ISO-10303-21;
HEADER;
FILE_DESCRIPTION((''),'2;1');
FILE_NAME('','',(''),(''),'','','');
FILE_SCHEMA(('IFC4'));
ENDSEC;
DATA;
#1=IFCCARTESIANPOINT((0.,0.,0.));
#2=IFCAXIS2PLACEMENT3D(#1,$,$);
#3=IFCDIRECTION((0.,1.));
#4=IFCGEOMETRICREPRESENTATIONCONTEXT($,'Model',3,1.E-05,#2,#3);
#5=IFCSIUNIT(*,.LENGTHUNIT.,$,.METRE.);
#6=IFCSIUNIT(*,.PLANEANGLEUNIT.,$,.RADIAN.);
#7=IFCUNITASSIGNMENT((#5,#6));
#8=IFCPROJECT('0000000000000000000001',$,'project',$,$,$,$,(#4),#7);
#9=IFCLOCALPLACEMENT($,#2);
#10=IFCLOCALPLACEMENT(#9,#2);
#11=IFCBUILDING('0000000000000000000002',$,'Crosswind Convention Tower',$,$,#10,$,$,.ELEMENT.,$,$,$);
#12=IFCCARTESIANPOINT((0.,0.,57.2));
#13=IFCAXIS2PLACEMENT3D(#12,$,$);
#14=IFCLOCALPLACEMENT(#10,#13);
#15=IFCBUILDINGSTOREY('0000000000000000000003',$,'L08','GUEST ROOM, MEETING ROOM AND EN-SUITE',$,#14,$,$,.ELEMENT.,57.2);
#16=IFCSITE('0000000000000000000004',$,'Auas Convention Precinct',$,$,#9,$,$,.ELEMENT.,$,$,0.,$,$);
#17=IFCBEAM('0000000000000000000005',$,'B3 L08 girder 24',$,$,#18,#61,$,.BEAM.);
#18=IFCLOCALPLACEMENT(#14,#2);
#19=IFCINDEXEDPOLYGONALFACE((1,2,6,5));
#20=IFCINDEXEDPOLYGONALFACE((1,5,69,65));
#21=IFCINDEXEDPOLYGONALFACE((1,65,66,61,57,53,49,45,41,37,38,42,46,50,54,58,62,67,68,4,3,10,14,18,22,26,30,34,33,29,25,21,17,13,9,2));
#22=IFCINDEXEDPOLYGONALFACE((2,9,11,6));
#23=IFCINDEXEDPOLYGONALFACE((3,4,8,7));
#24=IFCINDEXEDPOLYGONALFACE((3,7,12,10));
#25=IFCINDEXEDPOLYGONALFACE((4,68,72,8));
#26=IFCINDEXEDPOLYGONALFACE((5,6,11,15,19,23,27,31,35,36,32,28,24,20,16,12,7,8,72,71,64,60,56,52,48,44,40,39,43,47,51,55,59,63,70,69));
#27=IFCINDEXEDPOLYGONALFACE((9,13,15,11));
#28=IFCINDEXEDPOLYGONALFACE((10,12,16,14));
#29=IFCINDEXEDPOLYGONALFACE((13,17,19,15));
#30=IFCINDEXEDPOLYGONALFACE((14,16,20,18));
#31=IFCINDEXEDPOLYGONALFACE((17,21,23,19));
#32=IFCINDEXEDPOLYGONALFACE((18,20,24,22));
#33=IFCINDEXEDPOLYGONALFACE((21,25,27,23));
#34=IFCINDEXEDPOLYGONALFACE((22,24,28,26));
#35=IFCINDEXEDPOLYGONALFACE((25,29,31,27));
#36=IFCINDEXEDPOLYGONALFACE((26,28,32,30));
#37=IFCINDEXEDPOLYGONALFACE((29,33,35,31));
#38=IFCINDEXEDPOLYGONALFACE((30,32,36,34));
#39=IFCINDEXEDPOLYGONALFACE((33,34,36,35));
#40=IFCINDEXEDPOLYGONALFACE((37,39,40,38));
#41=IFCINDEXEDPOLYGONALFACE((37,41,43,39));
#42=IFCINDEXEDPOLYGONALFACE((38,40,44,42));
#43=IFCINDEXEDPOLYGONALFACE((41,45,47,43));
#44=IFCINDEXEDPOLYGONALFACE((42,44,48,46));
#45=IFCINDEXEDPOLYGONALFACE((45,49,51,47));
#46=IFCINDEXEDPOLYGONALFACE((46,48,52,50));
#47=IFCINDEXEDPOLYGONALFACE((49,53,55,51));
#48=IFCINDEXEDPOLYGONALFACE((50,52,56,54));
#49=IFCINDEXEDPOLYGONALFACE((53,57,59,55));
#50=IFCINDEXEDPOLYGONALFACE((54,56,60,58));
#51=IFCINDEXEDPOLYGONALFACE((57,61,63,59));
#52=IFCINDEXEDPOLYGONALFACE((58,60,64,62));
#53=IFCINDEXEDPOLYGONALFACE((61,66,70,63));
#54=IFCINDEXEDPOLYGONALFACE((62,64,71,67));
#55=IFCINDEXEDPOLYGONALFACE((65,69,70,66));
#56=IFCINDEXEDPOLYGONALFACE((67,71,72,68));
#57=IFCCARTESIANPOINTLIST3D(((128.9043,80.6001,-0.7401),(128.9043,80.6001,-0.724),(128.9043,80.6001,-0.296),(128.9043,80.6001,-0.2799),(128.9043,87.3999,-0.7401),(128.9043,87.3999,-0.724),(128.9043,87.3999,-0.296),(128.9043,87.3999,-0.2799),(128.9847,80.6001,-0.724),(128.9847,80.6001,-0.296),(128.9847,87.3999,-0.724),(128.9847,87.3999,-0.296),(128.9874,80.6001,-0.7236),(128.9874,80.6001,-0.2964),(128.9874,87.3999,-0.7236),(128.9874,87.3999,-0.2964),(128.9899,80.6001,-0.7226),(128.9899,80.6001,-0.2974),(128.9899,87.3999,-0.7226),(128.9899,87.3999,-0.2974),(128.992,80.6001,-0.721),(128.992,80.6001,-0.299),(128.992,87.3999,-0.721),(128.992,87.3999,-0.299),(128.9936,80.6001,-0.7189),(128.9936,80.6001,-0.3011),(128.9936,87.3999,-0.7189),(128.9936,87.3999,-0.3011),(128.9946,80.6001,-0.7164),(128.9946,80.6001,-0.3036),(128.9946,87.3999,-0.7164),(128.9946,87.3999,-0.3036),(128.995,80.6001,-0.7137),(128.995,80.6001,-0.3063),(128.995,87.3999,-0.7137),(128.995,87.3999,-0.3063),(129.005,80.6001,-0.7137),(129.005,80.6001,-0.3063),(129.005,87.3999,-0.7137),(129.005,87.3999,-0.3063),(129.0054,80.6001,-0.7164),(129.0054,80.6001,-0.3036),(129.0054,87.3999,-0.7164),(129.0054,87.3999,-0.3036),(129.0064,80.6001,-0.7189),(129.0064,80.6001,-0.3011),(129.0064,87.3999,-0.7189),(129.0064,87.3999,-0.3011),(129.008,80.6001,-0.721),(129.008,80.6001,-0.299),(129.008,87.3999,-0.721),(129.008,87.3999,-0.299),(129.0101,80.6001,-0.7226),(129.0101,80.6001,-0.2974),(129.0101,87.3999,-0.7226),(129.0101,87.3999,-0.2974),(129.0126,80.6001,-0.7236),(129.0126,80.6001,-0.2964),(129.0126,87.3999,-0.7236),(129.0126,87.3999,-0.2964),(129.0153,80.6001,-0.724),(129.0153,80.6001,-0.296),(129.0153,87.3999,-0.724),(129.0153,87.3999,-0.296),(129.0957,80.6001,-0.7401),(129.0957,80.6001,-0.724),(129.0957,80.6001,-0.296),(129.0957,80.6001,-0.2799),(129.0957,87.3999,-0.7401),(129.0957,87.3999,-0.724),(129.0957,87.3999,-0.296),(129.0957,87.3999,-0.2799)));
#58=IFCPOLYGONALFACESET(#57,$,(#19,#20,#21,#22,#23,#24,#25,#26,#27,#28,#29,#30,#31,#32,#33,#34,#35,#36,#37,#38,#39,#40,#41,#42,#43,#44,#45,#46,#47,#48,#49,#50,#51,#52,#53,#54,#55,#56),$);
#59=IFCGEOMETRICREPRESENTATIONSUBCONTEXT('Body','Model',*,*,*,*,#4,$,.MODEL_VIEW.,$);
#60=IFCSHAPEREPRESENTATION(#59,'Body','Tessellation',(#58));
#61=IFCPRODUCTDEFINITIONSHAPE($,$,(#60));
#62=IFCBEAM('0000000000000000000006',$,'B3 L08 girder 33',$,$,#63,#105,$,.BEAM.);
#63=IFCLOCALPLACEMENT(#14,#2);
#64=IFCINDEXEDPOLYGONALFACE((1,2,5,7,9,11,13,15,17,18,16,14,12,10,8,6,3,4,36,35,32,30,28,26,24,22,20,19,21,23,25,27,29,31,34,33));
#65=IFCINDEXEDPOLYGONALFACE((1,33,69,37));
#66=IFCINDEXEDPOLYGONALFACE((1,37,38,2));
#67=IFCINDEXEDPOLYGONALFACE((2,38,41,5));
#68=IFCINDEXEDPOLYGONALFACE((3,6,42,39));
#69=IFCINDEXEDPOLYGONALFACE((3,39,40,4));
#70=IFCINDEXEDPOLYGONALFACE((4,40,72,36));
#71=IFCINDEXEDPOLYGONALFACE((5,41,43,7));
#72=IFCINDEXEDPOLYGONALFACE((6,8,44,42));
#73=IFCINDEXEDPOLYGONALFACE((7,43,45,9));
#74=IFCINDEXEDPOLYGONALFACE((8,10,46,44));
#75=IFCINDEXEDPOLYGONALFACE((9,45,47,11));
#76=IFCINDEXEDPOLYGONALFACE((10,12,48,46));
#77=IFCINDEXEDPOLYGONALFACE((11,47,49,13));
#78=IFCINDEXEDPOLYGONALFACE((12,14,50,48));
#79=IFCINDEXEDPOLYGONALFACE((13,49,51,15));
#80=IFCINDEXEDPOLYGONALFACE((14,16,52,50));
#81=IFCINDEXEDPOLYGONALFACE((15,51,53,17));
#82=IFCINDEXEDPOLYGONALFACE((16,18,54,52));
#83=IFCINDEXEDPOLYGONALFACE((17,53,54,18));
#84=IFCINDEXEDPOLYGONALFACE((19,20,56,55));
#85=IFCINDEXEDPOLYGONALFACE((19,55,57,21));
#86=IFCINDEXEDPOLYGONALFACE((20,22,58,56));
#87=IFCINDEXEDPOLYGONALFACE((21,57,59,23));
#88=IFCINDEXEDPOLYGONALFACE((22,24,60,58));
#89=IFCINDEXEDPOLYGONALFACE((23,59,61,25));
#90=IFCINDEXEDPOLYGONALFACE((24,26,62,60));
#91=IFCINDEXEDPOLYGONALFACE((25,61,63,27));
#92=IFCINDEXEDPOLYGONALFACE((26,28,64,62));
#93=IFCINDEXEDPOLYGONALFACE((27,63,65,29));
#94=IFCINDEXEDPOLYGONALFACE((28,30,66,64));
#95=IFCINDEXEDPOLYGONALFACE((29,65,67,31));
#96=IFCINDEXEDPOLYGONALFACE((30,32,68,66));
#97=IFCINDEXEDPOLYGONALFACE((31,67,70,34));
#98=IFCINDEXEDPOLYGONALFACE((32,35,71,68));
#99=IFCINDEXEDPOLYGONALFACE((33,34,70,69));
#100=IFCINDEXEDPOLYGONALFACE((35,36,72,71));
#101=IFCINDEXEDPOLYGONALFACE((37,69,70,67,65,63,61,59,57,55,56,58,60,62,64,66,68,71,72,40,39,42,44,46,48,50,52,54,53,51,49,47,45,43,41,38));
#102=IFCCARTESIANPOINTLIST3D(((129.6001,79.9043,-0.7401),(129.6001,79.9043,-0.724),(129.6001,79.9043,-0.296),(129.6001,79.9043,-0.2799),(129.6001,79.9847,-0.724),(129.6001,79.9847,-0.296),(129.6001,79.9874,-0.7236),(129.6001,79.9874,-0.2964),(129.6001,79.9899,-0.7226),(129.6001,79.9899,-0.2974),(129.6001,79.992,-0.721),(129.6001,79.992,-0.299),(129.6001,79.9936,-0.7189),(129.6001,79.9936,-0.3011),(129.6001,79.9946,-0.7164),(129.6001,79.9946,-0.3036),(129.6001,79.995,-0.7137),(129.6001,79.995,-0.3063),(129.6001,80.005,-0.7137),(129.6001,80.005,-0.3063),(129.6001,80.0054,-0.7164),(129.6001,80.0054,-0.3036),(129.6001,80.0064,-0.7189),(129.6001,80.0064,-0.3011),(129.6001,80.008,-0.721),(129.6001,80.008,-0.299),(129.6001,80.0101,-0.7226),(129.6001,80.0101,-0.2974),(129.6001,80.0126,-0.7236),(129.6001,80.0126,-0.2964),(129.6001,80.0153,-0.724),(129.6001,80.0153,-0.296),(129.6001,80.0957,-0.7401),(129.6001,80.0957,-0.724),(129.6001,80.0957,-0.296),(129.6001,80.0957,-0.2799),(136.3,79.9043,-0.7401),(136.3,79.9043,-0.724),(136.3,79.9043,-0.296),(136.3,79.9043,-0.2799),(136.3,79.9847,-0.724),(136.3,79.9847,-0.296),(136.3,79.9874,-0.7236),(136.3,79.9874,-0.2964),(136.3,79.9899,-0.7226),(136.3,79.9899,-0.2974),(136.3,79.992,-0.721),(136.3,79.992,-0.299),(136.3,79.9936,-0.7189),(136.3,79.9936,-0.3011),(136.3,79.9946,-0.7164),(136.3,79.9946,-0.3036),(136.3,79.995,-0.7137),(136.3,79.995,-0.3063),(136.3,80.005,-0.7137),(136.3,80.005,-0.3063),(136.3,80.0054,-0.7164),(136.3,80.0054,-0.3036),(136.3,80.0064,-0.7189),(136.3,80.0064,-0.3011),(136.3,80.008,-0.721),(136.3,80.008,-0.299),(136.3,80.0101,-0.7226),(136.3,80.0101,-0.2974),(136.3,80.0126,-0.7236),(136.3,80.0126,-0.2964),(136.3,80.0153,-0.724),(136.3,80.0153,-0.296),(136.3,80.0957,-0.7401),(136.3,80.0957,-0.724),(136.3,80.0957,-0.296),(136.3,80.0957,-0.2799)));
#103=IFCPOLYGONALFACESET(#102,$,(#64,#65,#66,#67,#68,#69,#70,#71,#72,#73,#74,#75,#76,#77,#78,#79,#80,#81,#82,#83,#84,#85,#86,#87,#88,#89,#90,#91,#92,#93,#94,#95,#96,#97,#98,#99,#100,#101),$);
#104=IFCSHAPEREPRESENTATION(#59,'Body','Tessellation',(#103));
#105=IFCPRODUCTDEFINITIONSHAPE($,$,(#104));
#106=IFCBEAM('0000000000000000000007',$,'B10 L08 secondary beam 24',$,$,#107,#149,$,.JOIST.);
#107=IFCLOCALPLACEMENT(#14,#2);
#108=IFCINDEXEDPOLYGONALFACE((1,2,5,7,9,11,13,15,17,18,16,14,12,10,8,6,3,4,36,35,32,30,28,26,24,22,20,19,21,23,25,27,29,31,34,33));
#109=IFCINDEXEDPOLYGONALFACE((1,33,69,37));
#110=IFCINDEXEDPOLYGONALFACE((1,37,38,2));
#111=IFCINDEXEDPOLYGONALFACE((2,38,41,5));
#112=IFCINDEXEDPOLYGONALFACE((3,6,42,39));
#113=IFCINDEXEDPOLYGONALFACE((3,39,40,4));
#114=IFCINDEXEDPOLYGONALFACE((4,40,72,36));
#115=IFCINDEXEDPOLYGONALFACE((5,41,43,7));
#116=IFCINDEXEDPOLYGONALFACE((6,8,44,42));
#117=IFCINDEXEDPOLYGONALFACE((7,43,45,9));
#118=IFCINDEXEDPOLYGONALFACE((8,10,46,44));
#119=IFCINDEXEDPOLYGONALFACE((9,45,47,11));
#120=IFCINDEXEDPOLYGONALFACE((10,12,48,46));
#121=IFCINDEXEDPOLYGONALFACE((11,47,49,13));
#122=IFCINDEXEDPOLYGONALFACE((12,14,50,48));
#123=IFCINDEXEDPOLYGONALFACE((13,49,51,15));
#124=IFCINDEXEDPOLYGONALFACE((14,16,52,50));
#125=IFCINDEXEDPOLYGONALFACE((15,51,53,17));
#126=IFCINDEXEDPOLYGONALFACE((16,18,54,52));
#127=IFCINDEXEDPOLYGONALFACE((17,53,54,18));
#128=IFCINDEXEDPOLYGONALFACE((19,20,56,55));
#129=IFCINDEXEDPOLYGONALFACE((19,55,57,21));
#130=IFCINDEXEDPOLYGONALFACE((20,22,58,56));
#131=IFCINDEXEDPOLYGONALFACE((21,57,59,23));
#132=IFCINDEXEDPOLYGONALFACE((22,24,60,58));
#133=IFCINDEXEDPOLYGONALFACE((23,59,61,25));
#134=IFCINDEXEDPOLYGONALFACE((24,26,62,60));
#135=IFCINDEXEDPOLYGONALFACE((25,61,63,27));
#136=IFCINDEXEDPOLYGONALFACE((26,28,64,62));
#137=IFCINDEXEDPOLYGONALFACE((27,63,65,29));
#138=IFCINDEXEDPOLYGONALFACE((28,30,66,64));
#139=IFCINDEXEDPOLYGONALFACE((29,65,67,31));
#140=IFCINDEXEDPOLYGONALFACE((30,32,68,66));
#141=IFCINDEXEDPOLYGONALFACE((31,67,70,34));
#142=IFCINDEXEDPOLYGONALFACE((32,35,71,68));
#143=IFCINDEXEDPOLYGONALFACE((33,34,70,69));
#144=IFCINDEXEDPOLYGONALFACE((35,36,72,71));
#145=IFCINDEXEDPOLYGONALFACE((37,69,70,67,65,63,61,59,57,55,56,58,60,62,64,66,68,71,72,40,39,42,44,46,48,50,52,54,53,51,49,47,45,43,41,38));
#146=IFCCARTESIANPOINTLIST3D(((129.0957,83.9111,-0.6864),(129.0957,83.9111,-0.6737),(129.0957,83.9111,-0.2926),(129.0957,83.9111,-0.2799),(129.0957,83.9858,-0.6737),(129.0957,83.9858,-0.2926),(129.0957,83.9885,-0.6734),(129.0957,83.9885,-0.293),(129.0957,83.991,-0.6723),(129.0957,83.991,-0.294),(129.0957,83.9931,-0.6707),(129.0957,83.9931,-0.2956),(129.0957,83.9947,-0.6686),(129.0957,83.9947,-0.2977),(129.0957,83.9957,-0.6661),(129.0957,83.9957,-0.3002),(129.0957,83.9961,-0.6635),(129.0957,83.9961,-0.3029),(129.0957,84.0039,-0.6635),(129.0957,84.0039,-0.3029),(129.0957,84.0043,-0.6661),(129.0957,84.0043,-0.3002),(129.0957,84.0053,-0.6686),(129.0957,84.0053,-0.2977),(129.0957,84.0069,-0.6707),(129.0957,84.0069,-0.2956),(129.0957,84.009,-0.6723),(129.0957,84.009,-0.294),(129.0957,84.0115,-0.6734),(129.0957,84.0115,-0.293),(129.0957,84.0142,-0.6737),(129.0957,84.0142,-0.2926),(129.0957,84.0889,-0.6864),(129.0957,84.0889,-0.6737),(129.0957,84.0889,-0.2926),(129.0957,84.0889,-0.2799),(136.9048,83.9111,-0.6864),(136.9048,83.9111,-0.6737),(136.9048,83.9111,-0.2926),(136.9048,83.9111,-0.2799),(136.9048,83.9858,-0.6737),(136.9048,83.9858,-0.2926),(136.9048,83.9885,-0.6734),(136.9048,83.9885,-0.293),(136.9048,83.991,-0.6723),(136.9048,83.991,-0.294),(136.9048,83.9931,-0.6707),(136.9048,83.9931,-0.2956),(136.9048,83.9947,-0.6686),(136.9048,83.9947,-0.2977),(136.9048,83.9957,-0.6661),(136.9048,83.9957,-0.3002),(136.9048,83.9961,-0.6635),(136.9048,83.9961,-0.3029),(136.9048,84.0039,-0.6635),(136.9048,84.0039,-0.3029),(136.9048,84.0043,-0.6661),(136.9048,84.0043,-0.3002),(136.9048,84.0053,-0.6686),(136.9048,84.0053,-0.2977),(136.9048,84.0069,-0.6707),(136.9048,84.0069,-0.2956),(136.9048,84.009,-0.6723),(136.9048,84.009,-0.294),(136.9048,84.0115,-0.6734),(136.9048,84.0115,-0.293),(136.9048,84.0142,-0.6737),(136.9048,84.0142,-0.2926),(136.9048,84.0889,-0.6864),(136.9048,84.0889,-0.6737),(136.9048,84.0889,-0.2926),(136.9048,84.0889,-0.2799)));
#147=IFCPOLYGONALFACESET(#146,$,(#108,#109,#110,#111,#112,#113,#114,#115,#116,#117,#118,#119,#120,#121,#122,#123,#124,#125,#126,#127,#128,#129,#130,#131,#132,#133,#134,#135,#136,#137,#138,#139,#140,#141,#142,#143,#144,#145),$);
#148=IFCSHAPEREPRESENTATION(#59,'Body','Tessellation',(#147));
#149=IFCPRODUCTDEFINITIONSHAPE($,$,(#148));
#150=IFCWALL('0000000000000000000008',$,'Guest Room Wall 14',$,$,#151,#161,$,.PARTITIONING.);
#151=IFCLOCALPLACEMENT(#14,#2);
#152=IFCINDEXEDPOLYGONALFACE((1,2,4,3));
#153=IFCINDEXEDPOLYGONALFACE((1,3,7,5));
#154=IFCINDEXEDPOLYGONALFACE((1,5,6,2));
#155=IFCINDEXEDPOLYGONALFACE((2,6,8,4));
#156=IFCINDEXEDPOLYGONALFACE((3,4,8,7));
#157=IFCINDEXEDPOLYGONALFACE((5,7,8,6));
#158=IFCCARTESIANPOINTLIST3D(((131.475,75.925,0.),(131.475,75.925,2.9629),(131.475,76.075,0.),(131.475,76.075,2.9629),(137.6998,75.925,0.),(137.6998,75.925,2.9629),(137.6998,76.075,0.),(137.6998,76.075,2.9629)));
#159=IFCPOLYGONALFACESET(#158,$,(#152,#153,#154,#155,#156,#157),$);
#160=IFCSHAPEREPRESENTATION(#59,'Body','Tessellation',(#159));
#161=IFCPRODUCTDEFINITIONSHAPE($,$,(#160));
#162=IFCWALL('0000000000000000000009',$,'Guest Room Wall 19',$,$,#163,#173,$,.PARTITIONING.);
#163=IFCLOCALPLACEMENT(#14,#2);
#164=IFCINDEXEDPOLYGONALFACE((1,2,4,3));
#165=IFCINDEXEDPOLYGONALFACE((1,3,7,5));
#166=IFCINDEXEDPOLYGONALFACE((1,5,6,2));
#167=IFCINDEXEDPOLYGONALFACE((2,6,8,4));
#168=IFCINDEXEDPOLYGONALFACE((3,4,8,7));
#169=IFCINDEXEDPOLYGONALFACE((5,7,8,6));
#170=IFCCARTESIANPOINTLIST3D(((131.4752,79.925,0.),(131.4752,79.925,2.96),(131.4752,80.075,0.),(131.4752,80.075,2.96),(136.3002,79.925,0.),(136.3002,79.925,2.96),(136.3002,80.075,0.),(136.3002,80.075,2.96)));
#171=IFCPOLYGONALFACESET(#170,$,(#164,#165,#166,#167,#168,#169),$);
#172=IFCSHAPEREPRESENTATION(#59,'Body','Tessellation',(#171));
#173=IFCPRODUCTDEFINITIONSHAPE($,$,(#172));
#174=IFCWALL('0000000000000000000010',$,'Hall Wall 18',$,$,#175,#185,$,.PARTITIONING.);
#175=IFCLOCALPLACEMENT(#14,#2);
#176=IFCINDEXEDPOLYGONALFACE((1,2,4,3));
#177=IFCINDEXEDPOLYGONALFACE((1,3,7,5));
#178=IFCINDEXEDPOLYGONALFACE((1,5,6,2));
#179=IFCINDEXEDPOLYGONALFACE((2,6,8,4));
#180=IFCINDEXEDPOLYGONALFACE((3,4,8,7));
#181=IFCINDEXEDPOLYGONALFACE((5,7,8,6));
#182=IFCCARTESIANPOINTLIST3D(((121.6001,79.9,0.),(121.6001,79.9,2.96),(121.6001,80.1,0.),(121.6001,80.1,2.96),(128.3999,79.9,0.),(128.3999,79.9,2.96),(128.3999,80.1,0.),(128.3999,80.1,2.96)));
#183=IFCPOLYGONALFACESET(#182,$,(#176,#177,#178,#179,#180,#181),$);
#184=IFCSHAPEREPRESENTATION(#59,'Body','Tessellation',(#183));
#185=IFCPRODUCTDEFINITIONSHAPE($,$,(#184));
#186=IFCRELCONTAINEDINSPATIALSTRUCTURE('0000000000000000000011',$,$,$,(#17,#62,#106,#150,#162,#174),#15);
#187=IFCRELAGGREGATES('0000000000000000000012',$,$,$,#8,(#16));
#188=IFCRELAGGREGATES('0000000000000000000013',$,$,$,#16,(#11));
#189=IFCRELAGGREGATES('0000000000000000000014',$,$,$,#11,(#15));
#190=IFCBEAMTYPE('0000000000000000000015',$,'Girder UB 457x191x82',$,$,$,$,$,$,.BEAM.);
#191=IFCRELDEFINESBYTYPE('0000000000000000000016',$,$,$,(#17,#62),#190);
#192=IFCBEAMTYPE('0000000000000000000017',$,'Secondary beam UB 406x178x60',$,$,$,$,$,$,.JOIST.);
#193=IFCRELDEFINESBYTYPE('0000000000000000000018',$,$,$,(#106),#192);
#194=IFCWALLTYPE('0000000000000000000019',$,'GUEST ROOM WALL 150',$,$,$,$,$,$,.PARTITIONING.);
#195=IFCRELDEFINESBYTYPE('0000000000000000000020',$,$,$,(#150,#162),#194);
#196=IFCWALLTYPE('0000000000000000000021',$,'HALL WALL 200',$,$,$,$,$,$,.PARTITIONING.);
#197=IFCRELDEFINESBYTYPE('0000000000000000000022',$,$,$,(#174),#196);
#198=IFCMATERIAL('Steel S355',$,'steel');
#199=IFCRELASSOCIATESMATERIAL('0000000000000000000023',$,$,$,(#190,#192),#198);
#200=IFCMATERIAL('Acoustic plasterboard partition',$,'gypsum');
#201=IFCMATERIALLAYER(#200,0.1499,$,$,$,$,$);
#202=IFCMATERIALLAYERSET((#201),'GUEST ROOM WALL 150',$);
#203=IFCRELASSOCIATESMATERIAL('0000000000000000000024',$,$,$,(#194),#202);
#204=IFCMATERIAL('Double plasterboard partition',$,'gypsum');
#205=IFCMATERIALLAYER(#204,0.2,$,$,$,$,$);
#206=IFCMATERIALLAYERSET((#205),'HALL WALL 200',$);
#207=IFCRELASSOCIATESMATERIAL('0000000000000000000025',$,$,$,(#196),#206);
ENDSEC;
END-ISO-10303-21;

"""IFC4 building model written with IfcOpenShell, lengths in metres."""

from ifc_helpers import new_model, si_unit, direction, frame, frame_2d, origin, origin_2d, place, context, subcontext, project, spatial, rectangle, i_section, extrude, material, layer, layer_set, material_profile, profile_set, type_object, element, save


model = new_model("IFC4")

# Units and contexts
model_context = context("Model", 3, precision=1e-05, world=origin(), true_north=direction((0.0, 1.0)))
body_context = subcontext(model_context, "Body", "Model", "MODEL_VIEW")
ifc_project = project(units=[si_unit("LENGTHUNIT", "METRE"), si_unit("PLANEANGLEUNIT", "RADIAN")], contexts=[model_context])

# Site, building, storey
site_placement = place(None, origin())
site = spatial("IfcSite", under=ifc_project, at=site_placement, Name="Auas Convention Precinct", CompositionType="ELEMENT", RefElevation=0.0)
building_placement = place(site_placement, origin())
building = spatial("IfcBuilding", under=site, at=building_placement, Name="Crosswind Convention Tower", CompositionType="ELEMENT")
storey_placement = place(building_placement, frame((0.0, 0.0, 57.2)))
storey = spatial("IfcBuildingStorey", under=building, at=storey_placement, Name="L08", Description="GUEST ROOM, MEETING ROOM AND EN-SUITE", CompositionType="ELEMENT", Elevation=57.2)

# Beams
ifc_material_1 = material(Name="Steel S355", Category="steel")
ifc_material_profile_1 = material_profile(ifc_material_1, i_section(OverallWidth=0.1914, OverallDepth=0.4602, WebThickness=0.01, FlangeThickness=0.0161, FilletRadius=0.0103, at=origin_2d()), Name="UB 457x191x82")
ifc_profile_set_1 = profile_set([ifc_material_profile_1], Name="Steel S355")
beam_type_1 = type_object("IfcBeamType", Name="Girder UB 457x191x82", PredefinedType="BEAM", material=ifc_profile_set_1)
for number, where, z_axis, x_axis, name in (
    (1, (129.0, 80.6001, -0.51), (0.0, 1.0, 0.0), (-1.0, 0.0, 0.0), "B3 L08 girder 24"),
):
    element("IfcBeam", number, at=place(storey_placement, frame(where, z_axis=z_axis, x_axis=x_axis)), inside=storey, type_object=beam_type_1, Name=name, PredefinedType="BEAM", context=body_context, shape_type="SweptSolid", body=[
        extrude(i_section(OverallWidth=0.1914, OverallDepth=0.4602, WebThickness=0.01, FlangeThickness=0.0161, FilletRadius=0.0103, at=origin_2d()), origin(), (0.0, 0.0, 1.0), 6.7998),
    ])
beam_1_placement = place(storey_placement, frame((129.6001, 80.0, -0.51), z_axis=(1.0, 0.0, 0.0), x_axis=(0.0, 1.0, 0.0)))
element("IfcBeam", 2, at=beam_1_placement, inside=storey, type_object=beam_type_1, Name="B3 L08 girder 33", PredefinedType="BEAM", context=body_context, shape_type="SweptSolid", body=[
    extrude(i_section(OverallWidth=0.1914, OverallDepth=0.4602, WebThickness=0.01, FlangeThickness=0.0161, FilletRadius=0.0103, at=origin_2d()), origin(), (0.0, 0.0, 1.0), 6.7),
])
ifc_material_profile_2 = material_profile(ifc_material_1, i_section(OverallWidth=0.1777, OverallDepth=0.4065, WebThickness=0.0078, FlangeThickness=0.0127, FilletRadius=0.0103, at=origin_2d()), Name="UB 406x178x60")
ifc_profile_set_2 = profile_set([ifc_material_profile_2], Name="Steel S355")
beam_type_2 = type_object("IfcBeamType", Name="Secondary beam UB 406x178x60", PredefinedType="JOIST", material=ifc_profile_set_2)
beam_2_placement = place(storey_placement, frame((129.0957, 84.0, -0.4832), z_axis=(1.0, 0.0, 0.0), x_axis=(0.0, 1.0, 0.0)))
element("IfcBeam", 3, at=beam_2_placement, inside=storey, type_object=beam_type_2, Name="B10 L08 secondary beam 24", PredefinedType="JOIST", context=body_context, shape_type="SweptSolid", body=[
    extrude(i_section(OverallWidth=0.1777, OverallDepth=0.4065, WebThickness=0.0078, FlangeThickness=0.0127, FilletRadius=0.0103, at=origin_2d()), origin(), (0.0, 0.0, 1.0), 7.8091),
])

# Walls
ifc_material_2 = material(Name="Acoustic plasterboard partition", Category="gypsum")
ifc_layer_1 = layer(ifc_material_2, 0.1499)
ifc_layer_set_1 = layer_set([ifc_layer_1], Name="GUEST ROOM WALL 150")
wall_type_1 = type_object("IfcWallType", Name="GUEST ROOM WALL 150", PredefinedType="PARTITIONING", material=ifc_layer_set_1)
wall_1_placement = place(storey_placement, frame((131.4751, 76.0, 0.0), z_axis=(0.0, 0.0, 1.0), x_axis=(1.0, 0.0, 0.0)))
element("IfcWall", 4, at=wall_1_placement, inside=storey, type_object=wall_type_1, Name="Guest Room Wall 14", PredefinedType="PARTITIONING", context=body_context, shape_type="SweptSolid", body=[
    extrude(rectangle(XDim=6.2249, YDim=0.1499, at=frame_2d((3.1123, 0.0))), origin(), (0.0, 0.0, 1.0), 2.9629),
])
wall_2_placement = place(storey_placement, frame((131.4751, 80.0, 0.0), z_axis=(0.0, 0.0, 1.0), x_axis=(1.0, 0.0, 0.0)))
element("IfcWall", 5, at=wall_2_placement, inside=storey, type_object=wall_type_1, Name="Guest Room Wall 19", PredefinedType="PARTITIONING", context=body_context, shape_type="SweptSolid", body=[
    extrude(rectangle(XDim=4.825, YDim=0.1499, at=frame_2d((2.4126, 0.0))), origin(), (0.0, 0.0, 1.0), 2.96),
])
ifc_material_3 = material(Name="Double plasterboard partition", Category="gypsum")
ifc_layer_2 = layer(ifc_material_3, 0.2)
ifc_layer_set_2 = layer_set([ifc_layer_2], Name="HALL WALL 200")
wall_type_2 = type_object("IfcWallType", Name="HALL WALL 200", PredefinedType="PARTITIONING", material=ifc_layer_set_2)
for number, where, z_axis, x_axis, name in (
    (6, (121.6001, 80.0, 0.0), (0.0, 0.0, 1.0), (1.0, 0.0, 0.0), "Hall Wall 18"),
):
    element("IfcWall", number, at=place(storey_placement, frame(where, z_axis=z_axis, x_axis=x_axis)), inside=storey, type_object=wall_type_2, Name=name, PredefinedType="PARTITIONING", context=body_context, shape_type="SweptSolid", body=[
        extrude(rectangle(XDim=6.7998, YDim=0.2, at=frame_2d((3.3999, 0.0))), origin(), (0.0, 0.0, 1.0), 2.96),
    ])

save(model, "model.ifc")
